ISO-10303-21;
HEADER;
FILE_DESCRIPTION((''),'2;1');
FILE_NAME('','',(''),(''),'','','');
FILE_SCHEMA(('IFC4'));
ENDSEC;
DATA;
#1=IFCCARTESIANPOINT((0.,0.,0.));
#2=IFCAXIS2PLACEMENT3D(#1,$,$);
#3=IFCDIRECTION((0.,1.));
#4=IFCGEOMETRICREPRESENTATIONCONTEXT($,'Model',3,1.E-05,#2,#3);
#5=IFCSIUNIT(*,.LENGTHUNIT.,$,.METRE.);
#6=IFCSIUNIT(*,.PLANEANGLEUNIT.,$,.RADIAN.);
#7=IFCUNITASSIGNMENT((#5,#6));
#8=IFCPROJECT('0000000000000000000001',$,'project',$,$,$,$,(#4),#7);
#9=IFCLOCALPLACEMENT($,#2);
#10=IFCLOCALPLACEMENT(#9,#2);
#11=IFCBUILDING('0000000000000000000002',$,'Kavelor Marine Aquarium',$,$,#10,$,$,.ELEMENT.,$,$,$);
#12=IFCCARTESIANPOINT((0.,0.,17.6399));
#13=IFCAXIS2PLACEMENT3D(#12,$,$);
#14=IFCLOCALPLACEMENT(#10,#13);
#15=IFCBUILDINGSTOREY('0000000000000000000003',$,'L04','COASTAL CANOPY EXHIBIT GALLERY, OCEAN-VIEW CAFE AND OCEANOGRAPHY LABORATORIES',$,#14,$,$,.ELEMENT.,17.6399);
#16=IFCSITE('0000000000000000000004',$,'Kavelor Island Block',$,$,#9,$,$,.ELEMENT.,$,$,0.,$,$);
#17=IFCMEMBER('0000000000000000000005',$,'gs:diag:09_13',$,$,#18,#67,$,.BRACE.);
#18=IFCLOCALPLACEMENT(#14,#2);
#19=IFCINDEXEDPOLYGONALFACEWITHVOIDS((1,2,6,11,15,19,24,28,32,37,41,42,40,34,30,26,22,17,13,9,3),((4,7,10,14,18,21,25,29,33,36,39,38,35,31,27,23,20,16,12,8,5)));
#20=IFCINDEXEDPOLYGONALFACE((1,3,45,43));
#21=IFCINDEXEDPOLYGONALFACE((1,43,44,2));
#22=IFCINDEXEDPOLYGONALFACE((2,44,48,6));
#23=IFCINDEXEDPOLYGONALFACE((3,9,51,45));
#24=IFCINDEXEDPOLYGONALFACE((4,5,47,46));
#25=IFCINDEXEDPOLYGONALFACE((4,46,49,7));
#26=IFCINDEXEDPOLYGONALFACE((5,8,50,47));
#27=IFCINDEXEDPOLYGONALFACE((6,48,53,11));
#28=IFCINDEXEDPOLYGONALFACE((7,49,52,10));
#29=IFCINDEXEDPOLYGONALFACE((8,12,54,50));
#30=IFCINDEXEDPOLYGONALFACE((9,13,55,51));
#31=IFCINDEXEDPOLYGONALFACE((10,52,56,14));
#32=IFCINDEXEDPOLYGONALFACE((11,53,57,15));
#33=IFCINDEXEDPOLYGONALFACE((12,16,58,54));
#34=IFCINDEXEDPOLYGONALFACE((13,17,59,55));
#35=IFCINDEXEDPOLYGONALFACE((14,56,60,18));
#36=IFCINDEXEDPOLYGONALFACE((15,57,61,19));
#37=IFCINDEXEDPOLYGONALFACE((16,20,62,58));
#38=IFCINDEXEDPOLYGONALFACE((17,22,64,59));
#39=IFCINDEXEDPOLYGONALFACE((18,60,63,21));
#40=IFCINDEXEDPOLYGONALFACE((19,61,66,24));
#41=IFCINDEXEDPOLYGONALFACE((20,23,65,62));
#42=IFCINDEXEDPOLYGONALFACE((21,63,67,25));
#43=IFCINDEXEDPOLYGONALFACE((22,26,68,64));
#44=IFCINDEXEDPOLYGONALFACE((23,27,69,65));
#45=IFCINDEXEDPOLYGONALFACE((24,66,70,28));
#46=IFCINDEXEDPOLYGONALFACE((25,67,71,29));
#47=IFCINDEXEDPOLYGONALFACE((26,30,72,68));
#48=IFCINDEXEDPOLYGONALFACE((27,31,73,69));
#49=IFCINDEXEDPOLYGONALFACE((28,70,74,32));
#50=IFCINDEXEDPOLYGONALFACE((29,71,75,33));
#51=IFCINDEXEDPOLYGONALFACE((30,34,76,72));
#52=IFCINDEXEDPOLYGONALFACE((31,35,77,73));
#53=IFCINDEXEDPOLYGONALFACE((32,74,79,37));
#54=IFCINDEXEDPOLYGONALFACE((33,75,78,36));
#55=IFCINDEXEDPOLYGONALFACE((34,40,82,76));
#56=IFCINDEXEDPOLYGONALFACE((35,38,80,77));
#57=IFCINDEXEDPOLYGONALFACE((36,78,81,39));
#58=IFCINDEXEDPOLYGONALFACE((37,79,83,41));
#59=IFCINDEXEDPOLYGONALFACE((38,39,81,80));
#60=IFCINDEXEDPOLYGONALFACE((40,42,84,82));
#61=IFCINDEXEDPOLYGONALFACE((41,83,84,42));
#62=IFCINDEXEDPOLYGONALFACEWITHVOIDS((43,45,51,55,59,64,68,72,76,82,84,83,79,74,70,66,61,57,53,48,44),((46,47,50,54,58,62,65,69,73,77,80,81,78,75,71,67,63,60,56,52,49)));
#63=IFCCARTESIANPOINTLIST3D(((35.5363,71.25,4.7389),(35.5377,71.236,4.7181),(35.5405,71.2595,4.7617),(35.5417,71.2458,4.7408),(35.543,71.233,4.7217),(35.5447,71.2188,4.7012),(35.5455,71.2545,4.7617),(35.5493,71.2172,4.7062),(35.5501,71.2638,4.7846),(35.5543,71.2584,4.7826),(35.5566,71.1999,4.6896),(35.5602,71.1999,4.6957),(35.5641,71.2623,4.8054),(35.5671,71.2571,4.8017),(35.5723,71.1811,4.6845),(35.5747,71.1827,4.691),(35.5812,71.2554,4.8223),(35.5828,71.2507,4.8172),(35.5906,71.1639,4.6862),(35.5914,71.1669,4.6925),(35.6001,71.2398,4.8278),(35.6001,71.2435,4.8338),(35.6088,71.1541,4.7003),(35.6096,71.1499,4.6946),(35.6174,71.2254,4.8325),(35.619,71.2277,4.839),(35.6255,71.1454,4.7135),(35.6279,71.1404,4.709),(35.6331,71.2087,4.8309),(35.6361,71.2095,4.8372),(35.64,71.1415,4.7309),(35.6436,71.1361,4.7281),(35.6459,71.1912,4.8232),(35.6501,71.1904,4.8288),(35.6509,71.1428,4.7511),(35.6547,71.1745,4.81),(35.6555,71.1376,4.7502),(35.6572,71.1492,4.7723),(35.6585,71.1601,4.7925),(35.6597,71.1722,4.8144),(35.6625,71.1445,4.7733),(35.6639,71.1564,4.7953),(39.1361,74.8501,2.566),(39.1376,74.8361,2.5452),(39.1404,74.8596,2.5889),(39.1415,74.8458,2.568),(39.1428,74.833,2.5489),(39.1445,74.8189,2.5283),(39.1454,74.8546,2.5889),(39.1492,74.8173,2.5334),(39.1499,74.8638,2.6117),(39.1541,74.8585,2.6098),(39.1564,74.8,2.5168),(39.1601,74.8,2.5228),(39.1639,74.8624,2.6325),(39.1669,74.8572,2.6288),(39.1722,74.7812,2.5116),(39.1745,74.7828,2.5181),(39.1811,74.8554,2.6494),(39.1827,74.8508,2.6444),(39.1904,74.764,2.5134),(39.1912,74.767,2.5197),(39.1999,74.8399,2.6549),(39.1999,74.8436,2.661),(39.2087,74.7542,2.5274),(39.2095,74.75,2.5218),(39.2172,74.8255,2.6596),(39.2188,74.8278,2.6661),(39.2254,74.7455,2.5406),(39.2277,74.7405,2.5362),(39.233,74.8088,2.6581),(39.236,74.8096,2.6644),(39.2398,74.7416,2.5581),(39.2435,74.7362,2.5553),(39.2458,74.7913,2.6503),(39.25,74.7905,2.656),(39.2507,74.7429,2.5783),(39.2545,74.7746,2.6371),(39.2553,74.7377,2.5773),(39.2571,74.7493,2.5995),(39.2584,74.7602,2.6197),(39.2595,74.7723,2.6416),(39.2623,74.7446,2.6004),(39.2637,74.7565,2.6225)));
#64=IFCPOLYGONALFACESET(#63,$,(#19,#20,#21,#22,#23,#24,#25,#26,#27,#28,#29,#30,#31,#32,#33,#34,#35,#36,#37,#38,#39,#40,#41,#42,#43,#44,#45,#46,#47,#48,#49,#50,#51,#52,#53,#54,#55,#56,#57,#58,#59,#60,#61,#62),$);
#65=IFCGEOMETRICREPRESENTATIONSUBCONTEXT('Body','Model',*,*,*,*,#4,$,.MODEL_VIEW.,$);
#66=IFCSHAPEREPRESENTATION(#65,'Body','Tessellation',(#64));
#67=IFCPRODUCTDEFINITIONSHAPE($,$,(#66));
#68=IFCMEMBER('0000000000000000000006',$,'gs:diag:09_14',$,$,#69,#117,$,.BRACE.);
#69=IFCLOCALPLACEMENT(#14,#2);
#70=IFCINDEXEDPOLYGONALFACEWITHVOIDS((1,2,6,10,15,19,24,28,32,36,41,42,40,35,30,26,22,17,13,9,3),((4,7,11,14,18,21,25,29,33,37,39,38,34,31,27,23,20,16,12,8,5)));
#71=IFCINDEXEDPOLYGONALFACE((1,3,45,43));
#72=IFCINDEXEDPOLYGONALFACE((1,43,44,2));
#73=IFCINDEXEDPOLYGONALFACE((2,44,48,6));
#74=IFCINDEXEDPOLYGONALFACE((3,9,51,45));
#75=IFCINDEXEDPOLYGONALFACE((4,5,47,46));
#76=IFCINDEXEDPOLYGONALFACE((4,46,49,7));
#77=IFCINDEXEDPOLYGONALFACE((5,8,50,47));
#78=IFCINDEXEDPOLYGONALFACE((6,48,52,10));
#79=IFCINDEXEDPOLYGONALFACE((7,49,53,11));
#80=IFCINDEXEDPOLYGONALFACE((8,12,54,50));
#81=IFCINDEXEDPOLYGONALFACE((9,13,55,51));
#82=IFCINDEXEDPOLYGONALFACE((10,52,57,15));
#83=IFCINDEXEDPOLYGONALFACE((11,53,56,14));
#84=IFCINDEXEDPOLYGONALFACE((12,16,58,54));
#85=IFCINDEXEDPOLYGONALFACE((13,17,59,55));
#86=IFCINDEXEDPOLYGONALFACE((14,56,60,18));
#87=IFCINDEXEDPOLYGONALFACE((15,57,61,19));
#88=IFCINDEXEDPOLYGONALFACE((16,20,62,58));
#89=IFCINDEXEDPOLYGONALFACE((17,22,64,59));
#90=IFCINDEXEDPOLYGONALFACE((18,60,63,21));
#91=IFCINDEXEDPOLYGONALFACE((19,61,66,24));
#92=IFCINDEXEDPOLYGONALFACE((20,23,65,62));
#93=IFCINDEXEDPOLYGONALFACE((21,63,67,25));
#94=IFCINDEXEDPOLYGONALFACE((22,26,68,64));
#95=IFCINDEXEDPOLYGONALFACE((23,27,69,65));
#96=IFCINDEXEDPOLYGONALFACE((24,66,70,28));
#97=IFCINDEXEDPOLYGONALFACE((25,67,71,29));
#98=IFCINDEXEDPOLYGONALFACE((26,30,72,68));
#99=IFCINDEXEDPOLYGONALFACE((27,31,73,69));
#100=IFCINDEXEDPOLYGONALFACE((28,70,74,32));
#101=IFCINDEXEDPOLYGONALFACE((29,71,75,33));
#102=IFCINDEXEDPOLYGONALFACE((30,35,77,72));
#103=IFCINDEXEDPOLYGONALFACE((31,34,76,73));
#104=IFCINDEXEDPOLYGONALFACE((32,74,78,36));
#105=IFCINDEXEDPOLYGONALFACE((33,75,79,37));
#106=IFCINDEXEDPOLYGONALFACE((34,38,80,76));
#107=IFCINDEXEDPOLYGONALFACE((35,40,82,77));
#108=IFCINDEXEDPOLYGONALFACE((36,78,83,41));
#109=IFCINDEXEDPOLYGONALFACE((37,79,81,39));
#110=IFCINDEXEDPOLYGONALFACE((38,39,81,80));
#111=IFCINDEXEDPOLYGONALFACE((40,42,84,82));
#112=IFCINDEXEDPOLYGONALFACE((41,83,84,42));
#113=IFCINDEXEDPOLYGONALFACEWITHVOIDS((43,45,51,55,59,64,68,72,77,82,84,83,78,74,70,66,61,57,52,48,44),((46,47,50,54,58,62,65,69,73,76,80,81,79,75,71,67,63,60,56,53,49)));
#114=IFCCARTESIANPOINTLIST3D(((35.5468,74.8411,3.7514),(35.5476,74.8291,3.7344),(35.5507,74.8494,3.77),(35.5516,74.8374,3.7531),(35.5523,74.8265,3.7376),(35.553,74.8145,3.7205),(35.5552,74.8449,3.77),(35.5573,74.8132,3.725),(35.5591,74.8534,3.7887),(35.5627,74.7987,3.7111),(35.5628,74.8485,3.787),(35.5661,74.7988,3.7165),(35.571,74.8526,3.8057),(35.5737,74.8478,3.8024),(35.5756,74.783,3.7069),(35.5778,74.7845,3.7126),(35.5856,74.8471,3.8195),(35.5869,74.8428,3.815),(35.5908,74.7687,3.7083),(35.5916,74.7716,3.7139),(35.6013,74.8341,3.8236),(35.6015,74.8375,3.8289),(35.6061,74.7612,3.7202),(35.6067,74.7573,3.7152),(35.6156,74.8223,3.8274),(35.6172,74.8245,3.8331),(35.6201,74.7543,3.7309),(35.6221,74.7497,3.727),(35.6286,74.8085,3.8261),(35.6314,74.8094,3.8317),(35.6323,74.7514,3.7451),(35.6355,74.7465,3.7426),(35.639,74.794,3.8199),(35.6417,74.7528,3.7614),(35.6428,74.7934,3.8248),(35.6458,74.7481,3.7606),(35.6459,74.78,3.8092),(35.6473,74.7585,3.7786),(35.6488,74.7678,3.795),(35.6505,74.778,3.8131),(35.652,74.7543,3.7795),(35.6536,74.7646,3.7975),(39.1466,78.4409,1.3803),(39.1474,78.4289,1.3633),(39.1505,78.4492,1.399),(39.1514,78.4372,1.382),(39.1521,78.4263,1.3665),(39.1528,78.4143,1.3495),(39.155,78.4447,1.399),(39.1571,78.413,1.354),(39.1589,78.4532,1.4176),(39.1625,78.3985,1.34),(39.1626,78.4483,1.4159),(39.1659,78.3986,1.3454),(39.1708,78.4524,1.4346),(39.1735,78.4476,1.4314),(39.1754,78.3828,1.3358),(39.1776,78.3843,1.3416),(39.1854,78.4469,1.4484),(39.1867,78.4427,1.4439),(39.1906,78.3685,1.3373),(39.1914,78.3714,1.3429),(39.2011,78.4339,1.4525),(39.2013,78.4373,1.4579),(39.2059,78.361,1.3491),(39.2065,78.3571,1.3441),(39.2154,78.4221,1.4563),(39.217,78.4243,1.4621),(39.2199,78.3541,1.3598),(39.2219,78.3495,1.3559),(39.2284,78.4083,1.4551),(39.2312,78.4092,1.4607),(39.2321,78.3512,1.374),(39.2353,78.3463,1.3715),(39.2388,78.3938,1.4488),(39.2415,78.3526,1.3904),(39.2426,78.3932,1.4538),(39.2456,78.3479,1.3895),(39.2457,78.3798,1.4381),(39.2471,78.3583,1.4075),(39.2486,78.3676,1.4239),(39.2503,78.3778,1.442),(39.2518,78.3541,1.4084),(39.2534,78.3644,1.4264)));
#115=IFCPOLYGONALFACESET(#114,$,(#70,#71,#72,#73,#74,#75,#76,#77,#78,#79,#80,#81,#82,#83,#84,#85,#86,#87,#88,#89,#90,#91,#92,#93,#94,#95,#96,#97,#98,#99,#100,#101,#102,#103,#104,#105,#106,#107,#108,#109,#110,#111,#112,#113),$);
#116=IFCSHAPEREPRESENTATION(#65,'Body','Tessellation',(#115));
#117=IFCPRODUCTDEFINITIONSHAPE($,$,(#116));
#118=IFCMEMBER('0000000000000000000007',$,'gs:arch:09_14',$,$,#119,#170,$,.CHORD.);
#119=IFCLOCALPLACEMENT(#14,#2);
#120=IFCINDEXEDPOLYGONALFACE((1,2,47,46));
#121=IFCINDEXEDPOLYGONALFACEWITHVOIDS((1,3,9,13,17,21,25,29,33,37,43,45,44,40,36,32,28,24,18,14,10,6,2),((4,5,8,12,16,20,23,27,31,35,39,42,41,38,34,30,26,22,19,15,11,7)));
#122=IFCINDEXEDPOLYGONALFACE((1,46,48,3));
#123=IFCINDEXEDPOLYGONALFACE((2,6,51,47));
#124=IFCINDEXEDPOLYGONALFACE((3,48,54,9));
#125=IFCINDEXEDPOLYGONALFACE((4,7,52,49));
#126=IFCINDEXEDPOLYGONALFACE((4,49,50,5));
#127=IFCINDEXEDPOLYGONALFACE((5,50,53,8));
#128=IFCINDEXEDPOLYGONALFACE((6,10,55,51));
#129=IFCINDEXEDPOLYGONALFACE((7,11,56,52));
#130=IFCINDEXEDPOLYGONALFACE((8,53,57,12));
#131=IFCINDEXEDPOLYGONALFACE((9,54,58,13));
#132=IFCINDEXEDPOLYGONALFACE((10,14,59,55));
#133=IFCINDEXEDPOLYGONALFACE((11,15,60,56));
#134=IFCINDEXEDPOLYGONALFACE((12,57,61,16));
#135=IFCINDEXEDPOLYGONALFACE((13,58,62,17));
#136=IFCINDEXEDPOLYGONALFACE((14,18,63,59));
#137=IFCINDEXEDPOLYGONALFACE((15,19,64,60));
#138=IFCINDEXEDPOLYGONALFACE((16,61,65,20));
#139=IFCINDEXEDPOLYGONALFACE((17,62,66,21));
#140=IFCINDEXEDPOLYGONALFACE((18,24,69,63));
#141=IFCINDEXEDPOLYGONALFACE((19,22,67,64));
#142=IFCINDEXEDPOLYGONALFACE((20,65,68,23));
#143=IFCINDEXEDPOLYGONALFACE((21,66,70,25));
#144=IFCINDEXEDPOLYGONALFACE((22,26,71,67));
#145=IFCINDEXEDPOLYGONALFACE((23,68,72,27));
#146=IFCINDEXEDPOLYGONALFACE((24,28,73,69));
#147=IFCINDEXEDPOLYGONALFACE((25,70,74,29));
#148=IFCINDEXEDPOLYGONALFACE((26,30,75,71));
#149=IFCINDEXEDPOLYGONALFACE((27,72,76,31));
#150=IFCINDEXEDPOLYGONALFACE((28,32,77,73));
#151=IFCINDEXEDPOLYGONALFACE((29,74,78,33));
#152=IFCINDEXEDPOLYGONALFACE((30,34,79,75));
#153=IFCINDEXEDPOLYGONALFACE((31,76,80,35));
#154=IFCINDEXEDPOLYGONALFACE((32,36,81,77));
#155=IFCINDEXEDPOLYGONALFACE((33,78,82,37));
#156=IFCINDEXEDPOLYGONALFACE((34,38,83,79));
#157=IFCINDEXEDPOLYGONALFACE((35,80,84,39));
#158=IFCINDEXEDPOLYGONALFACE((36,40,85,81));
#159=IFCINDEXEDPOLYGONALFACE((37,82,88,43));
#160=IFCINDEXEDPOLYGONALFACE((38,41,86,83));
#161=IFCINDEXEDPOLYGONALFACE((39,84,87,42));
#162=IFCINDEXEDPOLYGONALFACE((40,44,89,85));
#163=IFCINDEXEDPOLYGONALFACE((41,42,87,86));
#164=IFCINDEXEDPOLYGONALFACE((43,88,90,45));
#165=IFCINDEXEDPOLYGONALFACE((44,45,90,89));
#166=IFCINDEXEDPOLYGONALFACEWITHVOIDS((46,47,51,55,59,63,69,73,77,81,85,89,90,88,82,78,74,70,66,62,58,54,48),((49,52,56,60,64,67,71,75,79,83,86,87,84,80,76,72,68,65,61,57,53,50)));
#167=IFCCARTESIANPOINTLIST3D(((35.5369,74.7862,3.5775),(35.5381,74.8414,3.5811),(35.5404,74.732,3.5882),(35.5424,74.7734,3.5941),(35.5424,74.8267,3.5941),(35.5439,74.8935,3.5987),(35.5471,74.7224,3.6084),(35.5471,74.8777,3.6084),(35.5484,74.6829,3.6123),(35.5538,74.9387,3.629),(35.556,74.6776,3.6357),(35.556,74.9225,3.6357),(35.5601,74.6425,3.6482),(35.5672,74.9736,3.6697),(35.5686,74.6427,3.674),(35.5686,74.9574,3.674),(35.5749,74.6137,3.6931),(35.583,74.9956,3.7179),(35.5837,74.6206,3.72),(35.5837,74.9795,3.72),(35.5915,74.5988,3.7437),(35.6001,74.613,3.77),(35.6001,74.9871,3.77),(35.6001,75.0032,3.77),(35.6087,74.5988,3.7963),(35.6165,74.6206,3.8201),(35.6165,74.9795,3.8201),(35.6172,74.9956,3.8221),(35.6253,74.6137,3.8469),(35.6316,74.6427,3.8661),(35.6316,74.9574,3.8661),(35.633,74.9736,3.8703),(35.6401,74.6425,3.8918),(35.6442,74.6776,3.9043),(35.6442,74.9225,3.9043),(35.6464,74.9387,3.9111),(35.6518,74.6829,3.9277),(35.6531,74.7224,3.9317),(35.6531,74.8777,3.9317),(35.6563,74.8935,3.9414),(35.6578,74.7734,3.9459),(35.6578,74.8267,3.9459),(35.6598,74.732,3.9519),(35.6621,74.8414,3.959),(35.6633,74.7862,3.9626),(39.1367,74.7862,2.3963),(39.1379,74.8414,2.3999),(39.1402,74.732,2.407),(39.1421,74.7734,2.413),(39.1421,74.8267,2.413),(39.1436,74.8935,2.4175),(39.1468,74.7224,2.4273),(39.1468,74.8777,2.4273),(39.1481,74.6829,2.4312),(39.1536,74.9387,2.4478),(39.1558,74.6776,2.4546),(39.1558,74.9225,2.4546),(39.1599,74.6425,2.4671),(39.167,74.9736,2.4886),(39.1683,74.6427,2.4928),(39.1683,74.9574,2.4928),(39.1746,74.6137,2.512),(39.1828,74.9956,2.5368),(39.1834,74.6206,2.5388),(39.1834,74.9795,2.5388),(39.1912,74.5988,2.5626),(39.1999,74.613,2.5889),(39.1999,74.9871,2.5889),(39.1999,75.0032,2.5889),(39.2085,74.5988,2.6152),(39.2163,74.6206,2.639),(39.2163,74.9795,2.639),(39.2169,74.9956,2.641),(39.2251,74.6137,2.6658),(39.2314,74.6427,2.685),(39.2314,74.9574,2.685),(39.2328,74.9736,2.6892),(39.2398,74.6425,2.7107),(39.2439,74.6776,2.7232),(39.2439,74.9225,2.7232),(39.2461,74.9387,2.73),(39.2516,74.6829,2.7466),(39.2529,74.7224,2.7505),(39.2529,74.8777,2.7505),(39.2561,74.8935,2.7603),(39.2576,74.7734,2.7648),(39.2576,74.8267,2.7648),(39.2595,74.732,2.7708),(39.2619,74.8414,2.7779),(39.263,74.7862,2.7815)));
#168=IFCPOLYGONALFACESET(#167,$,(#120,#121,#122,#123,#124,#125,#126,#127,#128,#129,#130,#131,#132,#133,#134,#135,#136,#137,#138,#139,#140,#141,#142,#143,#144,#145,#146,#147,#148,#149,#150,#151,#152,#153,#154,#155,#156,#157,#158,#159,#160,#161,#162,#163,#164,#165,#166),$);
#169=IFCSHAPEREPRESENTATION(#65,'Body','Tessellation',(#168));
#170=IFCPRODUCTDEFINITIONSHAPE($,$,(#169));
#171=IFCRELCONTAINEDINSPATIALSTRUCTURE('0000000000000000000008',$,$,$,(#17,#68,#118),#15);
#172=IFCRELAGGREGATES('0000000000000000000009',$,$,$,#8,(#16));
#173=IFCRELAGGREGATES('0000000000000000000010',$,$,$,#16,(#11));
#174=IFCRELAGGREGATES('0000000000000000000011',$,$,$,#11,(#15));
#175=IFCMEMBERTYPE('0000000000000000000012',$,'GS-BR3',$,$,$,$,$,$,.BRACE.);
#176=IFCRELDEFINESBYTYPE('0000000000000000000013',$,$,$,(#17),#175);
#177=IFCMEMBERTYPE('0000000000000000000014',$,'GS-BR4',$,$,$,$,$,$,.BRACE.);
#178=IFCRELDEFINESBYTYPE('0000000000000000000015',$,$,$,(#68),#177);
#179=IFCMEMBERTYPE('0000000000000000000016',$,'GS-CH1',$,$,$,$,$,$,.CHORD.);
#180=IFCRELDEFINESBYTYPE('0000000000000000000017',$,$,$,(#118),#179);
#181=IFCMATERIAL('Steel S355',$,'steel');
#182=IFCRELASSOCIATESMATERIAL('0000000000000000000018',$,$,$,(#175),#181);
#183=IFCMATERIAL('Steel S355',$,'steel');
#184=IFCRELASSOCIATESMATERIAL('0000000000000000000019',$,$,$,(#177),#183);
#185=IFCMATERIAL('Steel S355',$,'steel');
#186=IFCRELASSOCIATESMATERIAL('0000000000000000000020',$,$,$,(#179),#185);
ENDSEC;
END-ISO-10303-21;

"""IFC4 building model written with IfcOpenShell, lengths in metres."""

from ifc_helpers import new_model, si_unit, direction, frame, origin, origin_2d, place, context, subcontext, project, spatial, hollow_circle, extrude, material, material_profile, profile_set, type_object, element, save


model = new_model("IFC4")

# Units and contexts
model_context = context("Model", 3, precision=1e-05, world=origin(), true_north=direction((0.0, 1.0)))
body_context = subcontext(model_context, "Body", "Model", "MODEL_VIEW")
ifc_project = project(units=[si_unit("LENGTHUNIT", "METRE"), si_unit("PLANEANGLEUNIT", "RADIAN")], contexts=[model_context])

# Site, building, storey
site_placement = place(None, origin())
site = spatial("IfcSite", under=ifc_project, at=site_placement, Name="Kavelor Island Block", CompositionType="ELEMENT", RefElevation=0.0)
building_placement = place(site_placement, origin())
building = spatial("IfcBuilding", under=site, at=building_placement, Name="Kavelor Marine Aquarium", CompositionType="ELEMENT")
storey_placement = place(building_placement, frame((0.0, 0.0, 17.6399)))
storey = spatial("IfcBuildingStorey", under=building, at=storey_placement, Name="L04", Description="COASTAL CANOPY EXHIBIT GALLERY, OCEAN-VIEW CAFE AND OCEANOGRAPHY LABORATORIES", CompositionType="ELEMENT", Elevation=17.6399)

# Members
ifc_material_1 = material(Name="Steel S355", Category="steel")
ifc_material_profile_1 = material_profile(ifc_material_1, hollow_circle(Radius=0.0842, WallThickness=0.0071, at=origin_2d()), Name="CHS 168.3x7.1")
ifc_profile_set_1 = profile_set([ifc_material_profile_1], Name="Steel S355")
member_type_1 = type_object("IfcMemberType", Name="GS-BR3", PredefinedType="BRACE", material=ifc_profile_set_1)
member_1_placement = place(storey_placement, frame((35.6001, 71.2, 4.7617), z_axis=(0.65033, 0.650374, -0.392536), x_axis=(-0.707131, 0.707083, 0.0)))
element("IfcMember", 1, at=member_1_placement, inside=storey, type_object=member_type_1, Name="gs:diag:09_13", PredefinedType="BRACE", context=body_context, shape_type="SweptSolid", body=[
    extrude(hollow_circle(Radius=0.0842, WallThickness=0.0071, at=origin_2d()), origin(), (0.0, 0.0, 1.0), 5.5354),
])
ifc_material_2 = material(Name="Steel S355", Category="steel")
ifc_material_profile_2 = material_profile(ifc_material_2, hollow_circle(Radius=0.0698, WallThickness=0.0063, at=origin_2d()), Name="CHS 139.7x6.3")
ifc_profile_set_2 = profile_set([ifc_material_profile_2], Name="Steel S355")
member_type_2 = type_object("IfcMemberType", Name="GS-BR4", PredefinedType="BRACE", material=ifc_profile_set_2)
member_2_placement = place(storey_placement, frame((35.6001, 74.8, 3.77), z_axis=(0.640994, 0.640994, -0.4222), x_axis=(-0.707107, 0.707107, 0.0)))
element("IfcMember", 2, at=member_2_placement, inside=storey, type_object=member_type_2, Name="gs:diag:09_14", PredefinedType="BRACE", context=body_context, shape_type="SweptSolid", body=[
    extrude(hollow_circle(Radius=0.0698, WallThickness=0.0063, at=origin_2d()), origin(), (0.0, 0.0, 1.0), 5.616),
])
ifc_material_3 = material(Name="Steel S355", Category="steel")
ifc_material_profile_3 = material_profile(ifc_material_3, hollow_circle(Radius=0.2031, WallThickness=0.0161, at=origin_2d()), Name="CHS 406.4x16.0")
ifc_profile_set_3 = profile_set([ifc_material_profile_3], Name="Steel S355")
member_type_3 = type_object("IfcMemberType", Name="GS-CH1", PredefinedType="CHORD", material=ifc_profile_set_3)
for number, where, z_axis, x_axis, name in (
    (3, (35.6001, 74.8, 3.77), (0.950161, 0.0, -0.311759), (0.0, 1.0, 0.0), "gs:arch:09_14"),
):
    element("IfcMember", number, at=place(storey_placement, frame(where, z_axis=z_axis, x_axis=x_axis)), inside=storey, type_object=member_type_3, Name=name, PredefinedType="CHORD", context=body_context, shape_type="SweptSolid", body=[
        extrude(hollow_circle(Radius=0.2031, WallThickness=0.0161, at=origin_2d()), origin(), (0.0, 0.0, 1.0), 3.7886),
    ])

save(model, "model.ifc")
